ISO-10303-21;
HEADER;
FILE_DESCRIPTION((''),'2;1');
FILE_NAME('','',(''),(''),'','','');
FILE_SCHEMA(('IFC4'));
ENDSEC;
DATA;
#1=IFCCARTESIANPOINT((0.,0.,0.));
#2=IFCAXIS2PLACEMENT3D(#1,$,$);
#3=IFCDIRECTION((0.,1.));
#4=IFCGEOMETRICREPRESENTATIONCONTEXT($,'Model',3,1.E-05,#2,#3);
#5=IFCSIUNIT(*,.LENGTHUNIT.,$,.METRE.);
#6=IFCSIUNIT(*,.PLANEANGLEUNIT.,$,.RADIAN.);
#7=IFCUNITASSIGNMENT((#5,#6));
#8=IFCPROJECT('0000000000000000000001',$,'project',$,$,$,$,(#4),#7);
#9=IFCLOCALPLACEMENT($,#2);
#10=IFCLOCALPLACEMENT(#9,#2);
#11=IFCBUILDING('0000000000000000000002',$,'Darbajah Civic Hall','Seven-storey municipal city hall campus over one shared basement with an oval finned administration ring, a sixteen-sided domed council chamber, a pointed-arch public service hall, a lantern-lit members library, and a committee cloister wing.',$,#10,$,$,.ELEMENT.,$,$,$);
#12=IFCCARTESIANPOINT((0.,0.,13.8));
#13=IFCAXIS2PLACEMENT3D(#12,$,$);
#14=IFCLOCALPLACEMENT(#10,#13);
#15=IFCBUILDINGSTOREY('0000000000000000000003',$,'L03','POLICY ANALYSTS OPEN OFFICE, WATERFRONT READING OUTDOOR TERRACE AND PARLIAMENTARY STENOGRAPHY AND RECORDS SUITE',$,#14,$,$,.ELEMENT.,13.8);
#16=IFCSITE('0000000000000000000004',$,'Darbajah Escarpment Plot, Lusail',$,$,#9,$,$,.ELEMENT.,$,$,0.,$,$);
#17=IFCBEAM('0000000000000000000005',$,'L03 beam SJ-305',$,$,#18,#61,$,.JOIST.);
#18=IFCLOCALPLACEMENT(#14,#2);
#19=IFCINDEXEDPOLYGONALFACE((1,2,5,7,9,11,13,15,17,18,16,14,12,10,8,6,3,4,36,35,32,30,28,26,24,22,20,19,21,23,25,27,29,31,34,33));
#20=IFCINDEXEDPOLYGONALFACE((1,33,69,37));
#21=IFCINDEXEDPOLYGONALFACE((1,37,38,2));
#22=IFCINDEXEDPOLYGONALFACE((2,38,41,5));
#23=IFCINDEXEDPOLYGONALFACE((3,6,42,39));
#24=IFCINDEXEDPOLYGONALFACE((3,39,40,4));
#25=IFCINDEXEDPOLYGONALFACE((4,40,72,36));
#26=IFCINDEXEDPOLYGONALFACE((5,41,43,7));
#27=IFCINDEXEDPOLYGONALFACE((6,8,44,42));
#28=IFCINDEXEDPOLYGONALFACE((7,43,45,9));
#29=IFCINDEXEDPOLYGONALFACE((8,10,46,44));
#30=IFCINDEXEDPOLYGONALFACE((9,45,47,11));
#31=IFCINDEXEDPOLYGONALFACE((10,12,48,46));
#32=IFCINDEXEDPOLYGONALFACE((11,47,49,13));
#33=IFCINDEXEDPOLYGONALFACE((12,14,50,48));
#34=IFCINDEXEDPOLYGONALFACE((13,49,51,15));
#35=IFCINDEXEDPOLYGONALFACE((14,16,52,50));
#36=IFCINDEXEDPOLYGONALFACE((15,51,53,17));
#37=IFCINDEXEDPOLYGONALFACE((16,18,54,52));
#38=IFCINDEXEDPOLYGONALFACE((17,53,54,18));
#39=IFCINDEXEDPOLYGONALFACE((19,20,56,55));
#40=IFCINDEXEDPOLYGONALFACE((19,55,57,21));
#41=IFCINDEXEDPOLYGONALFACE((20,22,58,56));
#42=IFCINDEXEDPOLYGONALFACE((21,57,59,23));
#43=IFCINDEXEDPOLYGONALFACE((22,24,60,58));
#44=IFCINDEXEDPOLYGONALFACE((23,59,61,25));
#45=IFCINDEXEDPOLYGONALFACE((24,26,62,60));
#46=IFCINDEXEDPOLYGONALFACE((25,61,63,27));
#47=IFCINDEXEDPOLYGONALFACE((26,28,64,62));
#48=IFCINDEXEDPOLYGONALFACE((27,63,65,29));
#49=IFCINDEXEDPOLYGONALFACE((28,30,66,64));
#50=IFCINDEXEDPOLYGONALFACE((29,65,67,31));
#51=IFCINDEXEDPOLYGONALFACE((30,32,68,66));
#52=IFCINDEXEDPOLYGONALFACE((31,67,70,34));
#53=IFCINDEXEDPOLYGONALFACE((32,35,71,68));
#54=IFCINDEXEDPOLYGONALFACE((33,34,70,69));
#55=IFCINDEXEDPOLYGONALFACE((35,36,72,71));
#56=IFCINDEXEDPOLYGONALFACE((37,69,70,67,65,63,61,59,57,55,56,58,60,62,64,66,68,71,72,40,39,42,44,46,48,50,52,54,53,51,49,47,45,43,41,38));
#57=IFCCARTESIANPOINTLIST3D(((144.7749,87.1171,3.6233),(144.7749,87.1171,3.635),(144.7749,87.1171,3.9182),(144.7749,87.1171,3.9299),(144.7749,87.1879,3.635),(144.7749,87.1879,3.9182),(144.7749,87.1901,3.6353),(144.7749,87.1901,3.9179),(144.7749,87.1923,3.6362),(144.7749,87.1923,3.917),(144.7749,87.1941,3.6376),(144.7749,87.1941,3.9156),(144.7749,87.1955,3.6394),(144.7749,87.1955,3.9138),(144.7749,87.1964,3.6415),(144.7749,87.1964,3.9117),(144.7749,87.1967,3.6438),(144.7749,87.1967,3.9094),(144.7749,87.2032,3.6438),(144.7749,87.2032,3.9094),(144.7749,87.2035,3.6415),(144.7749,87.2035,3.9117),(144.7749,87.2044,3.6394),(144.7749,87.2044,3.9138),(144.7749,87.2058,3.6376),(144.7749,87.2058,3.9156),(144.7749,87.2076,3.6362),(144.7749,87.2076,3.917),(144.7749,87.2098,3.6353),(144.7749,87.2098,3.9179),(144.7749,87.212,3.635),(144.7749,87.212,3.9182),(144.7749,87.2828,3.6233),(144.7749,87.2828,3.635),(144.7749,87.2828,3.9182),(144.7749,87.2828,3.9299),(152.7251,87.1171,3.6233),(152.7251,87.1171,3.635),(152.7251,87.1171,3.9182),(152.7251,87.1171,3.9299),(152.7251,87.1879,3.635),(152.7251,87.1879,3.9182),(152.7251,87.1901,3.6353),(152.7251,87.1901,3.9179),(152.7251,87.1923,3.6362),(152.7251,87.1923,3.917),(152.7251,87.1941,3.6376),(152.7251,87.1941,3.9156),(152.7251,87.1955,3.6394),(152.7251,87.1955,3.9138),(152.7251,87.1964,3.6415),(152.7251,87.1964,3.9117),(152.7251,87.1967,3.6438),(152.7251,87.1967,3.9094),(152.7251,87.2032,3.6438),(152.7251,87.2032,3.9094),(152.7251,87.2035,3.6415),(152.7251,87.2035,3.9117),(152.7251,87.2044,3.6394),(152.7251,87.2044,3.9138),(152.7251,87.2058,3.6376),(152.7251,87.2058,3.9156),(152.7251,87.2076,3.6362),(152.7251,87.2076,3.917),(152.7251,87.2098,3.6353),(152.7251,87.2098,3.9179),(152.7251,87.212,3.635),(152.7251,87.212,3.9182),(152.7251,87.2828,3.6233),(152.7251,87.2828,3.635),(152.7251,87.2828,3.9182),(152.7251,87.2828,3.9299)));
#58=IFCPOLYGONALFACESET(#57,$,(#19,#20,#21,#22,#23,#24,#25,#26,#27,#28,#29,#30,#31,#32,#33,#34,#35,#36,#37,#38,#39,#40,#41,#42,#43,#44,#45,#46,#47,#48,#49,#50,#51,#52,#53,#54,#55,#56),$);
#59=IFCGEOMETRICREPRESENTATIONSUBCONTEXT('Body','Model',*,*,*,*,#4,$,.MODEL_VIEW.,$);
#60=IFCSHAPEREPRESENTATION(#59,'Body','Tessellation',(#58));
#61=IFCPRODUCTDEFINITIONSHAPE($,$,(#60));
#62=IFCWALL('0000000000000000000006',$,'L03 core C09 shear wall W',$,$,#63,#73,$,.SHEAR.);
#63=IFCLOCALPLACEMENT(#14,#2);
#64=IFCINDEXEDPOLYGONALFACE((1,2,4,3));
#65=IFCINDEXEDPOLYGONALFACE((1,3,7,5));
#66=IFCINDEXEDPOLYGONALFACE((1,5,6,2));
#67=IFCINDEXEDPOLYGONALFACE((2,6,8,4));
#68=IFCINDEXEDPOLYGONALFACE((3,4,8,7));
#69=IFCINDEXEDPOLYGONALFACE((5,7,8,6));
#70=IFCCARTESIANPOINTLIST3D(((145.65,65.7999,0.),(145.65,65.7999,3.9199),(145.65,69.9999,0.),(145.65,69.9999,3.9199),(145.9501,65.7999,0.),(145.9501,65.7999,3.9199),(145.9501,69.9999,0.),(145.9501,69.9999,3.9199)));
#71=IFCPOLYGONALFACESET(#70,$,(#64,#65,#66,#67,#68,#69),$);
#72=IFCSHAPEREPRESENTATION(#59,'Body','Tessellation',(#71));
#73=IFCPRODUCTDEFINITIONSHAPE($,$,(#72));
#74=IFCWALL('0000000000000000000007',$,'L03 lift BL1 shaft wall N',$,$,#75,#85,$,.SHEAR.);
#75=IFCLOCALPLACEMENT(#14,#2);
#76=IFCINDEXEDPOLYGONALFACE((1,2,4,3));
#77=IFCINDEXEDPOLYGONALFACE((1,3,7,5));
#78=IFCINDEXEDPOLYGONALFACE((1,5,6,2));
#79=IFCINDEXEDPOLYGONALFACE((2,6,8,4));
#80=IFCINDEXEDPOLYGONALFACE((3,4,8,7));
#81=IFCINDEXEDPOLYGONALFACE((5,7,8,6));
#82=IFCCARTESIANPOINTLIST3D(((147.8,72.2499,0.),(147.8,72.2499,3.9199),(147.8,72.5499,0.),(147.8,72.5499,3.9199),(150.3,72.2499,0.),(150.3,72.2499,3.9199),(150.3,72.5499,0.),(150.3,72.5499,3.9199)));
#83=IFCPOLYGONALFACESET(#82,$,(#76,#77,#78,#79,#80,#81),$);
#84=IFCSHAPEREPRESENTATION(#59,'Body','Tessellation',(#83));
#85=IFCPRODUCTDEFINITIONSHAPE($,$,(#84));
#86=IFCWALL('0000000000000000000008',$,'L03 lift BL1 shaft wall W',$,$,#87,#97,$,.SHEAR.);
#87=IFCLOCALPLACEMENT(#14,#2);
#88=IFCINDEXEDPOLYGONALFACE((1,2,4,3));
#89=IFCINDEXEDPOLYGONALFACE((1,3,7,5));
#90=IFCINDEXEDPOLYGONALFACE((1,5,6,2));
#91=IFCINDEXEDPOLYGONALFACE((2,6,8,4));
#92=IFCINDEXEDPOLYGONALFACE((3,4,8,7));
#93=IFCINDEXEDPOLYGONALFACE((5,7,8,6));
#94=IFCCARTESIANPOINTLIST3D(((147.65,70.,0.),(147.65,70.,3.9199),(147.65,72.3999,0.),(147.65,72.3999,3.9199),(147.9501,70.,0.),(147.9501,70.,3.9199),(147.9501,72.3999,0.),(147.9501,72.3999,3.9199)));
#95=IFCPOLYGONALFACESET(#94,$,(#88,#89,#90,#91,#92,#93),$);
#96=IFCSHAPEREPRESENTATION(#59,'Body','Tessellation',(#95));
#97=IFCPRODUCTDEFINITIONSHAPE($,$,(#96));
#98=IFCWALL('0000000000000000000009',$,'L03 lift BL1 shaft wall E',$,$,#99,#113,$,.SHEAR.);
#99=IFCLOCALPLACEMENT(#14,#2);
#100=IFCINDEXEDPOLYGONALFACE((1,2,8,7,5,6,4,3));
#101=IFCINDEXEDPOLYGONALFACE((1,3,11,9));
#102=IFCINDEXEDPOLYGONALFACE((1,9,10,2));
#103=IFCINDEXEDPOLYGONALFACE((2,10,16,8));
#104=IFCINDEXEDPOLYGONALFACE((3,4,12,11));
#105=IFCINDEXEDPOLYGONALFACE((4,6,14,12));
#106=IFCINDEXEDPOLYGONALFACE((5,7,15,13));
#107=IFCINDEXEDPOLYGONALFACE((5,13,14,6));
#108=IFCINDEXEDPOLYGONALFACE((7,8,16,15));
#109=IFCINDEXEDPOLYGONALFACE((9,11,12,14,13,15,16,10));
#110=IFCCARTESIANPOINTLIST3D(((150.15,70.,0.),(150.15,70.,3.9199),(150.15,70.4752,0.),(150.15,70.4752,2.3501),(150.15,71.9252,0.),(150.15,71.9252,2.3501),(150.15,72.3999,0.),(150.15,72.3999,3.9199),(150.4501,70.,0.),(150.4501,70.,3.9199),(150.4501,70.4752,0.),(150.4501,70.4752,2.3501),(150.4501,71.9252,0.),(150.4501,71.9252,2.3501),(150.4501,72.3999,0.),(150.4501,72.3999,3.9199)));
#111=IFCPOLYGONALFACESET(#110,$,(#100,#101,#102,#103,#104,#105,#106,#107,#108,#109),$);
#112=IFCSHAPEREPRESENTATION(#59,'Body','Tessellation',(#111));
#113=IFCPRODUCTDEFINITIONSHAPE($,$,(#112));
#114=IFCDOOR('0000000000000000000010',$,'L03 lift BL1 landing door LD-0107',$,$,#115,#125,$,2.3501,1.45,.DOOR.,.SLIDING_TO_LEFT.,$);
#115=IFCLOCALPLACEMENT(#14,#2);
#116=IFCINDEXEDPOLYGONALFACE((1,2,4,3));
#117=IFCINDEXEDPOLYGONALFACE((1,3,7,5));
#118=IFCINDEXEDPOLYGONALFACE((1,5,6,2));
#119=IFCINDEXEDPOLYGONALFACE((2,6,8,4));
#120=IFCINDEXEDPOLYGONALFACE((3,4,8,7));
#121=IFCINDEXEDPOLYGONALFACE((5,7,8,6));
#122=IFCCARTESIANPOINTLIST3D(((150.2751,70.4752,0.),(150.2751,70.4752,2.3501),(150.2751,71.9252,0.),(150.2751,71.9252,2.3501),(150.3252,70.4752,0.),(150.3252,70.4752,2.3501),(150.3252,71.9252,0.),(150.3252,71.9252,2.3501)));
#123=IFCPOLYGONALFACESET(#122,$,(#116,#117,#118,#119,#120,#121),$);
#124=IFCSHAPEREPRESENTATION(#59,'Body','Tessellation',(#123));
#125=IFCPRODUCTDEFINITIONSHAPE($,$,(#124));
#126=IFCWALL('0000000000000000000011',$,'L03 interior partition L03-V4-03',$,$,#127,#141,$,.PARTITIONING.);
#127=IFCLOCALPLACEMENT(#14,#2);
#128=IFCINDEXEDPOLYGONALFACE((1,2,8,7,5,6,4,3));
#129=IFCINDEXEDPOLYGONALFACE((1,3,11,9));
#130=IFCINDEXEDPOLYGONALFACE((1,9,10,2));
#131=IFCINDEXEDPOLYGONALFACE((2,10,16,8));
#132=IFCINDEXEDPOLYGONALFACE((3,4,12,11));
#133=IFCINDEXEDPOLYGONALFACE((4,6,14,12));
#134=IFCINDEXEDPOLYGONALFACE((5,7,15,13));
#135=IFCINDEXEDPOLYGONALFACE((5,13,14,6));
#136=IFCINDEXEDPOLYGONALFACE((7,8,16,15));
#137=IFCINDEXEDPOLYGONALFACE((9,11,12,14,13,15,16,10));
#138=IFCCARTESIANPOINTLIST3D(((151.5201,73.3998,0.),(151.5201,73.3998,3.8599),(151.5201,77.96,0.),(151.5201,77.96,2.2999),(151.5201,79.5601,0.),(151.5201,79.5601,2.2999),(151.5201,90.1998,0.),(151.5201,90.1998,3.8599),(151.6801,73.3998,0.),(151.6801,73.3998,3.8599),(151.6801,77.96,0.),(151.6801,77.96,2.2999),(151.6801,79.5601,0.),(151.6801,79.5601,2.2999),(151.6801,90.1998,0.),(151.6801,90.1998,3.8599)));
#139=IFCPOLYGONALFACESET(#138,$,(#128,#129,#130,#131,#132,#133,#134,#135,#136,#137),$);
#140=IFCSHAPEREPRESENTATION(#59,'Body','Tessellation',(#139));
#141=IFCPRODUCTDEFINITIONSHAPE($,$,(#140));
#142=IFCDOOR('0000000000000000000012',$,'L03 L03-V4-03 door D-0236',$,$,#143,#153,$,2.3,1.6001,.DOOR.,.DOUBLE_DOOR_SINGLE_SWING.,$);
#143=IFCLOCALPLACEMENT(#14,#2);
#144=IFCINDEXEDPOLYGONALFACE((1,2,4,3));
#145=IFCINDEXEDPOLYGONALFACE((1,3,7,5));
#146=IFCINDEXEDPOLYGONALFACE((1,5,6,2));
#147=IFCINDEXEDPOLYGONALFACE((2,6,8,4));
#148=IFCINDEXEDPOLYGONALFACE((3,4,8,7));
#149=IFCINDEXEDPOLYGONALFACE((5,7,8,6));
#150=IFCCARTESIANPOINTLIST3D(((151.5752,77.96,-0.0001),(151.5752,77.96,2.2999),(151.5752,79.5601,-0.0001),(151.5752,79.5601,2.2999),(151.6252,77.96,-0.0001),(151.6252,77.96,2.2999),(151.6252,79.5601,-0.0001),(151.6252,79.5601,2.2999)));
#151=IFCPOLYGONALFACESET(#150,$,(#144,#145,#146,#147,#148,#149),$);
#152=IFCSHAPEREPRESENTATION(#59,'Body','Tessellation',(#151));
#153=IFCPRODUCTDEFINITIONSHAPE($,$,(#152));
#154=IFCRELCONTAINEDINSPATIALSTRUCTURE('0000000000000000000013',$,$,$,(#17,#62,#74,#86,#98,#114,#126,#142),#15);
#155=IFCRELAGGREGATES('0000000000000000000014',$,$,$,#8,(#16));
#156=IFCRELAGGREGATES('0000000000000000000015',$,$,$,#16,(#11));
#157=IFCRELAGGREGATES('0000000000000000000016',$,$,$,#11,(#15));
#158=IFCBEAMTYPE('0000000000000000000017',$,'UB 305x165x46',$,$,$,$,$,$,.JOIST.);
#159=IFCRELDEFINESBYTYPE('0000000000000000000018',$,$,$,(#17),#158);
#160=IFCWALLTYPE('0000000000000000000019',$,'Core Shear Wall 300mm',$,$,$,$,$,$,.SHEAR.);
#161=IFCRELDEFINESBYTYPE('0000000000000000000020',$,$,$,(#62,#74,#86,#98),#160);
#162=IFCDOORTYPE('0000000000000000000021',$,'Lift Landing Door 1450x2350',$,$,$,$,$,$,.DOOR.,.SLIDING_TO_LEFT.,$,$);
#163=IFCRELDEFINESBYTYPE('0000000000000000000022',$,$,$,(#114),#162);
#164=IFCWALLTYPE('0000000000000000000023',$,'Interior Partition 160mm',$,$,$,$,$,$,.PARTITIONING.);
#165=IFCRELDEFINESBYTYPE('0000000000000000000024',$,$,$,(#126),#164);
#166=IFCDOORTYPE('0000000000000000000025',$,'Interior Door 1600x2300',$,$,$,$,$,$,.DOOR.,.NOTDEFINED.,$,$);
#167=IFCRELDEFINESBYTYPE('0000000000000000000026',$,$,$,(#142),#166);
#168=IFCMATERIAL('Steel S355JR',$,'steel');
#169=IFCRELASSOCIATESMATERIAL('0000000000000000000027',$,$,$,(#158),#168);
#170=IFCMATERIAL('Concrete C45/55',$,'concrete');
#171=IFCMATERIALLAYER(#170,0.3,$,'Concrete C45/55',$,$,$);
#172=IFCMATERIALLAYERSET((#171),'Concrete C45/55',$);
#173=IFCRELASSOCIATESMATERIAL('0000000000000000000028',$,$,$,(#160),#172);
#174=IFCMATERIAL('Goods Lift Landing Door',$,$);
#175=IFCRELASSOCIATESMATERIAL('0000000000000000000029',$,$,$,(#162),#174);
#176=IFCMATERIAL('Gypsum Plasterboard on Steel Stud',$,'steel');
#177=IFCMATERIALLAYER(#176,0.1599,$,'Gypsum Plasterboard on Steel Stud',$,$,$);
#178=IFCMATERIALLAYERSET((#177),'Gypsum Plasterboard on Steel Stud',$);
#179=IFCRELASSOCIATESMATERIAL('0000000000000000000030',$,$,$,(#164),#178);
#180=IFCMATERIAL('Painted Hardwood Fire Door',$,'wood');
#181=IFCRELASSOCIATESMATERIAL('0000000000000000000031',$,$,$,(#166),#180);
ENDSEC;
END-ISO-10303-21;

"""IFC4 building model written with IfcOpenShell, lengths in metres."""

from ifc_helpers import new_model, si_unit, direction, frame, frame_2d, origin, origin_2d, place, context, subcontext, project, spatial, rectangle, i_section, extrude, material, layer, layer_set, material_profile, profile_set, type_object, element, fill, save


model = new_model("IFC4")

# Units and contexts
model_context = context("Model", 3, precision=1e-05, world=origin(), true_north=direction((0.0, 1.0)))
body_context = subcontext(model_context, "Body", "Model", "MODEL_VIEW")
ifc_project = project(units=[si_unit("LENGTHUNIT", "METRE"), si_unit("PLANEANGLEUNIT", "RADIAN")], contexts=[model_context])

# Site, building, storey
site_placement = place(None, origin())
site = spatial("IfcSite", under=ifc_project, at=site_placement, Name="Darbajah Escarpment Plot, Lusail", CompositionType="ELEMENT", RefElevation=0.0)
building_placement = place(site_placement, origin())
building = spatial("IfcBuilding", under=site, at=building_placement, Name="Darbajah Civic Hall", Description="Seven-storey municipal city hall campus over one shared basement with an oval finned administration ring, a sixteen-sided domed council chamber, a pointed-arch public service hall, a lantern-lit members library, and a committee cloister wing.", CompositionType="ELEMENT")
storey_placement = place(building_placement, frame((0.0, 0.0, 13.8)))
storey = spatial("IfcBuildingStorey", under=building, at=storey_placement, Name="L03", Description="POLICY ANALYSTS OPEN OFFICE, WATERFRONT READING OUTDOOR TERRACE AND PARLIAMENTARY STENOGRAPHY AND RECORDS SUITE", CompositionType="ELEMENT", Elevation=13.8)

# Shared definitions
ifc_material_1 = material(Name="Steel S355JR", Category="steel")

# Beam
ifc_material_2 = material(Name="Concrete C45/55", Category="concrete")
ifc_material_profile_1 = material_profile(ifc_material_1, i_section(OverallWidth=0.1658, OverallDepth=0.3066, WebThickness=0.0066, FlangeThickness=0.0117, FilletRadius=0.0088, at=origin_2d()), Name="UB 305x165x46")
ifc_profile_set_1 = profile_set([ifc_material_profile_1], Name="Steel S355JR")
beam_type_1 = type_object("IfcBeamType", Name="UB 305x165x46", PredefinedType="JOIST", material=ifc_profile_set_1)
beam_1_placement = place(storey_placement, frame((144.7749, 87.2, 3.7766), z_axis=(1.0, 0.0, 0.0), x_axis=(0.0, 1.0, 0.0)))
element("IfcBeam", 1, at=beam_1_placement, inside=storey, type_object=beam_type_1, Name="L03 beam SJ-305", PredefinedType="JOIST", context=body_context, shape_type="SweptSolid", body=[
    extrude(i_section(OverallWidth=0.1658, OverallDepth=0.3066, WebThickness=0.0066, FlangeThickness=0.0117, FilletRadius=0.0088, at=origin_2d()), origin(), (0.0, 0.0, 1.0), 7.9502),
])

# Walls
ifc_layer_1 = layer(ifc_material_2, 0.3, Name="Concrete C45/55")
ifc_layer_set_1 = layer_set([ifc_layer_1], Name="Concrete C45/55")
wall_type_1 = type_object("IfcWallType", Name="Core Shear Wall 300mm", PredefinedType="SHEAR", material=ifc_layer_set_1)
wall_1_placement = place(storey_placement, frame((145.8, 70.0, 0.0), z_axis=(0.0, 0.0, 1.0), x_axis=(0.0, -1.0, 0.0)))
element("IfcWall", 2, at=wall_1_placement, inside=storey, type_object=wall_type_1, Name="L03 core C09 shear wall W", PredefinedType="SHEAR", context=body_context, shape_type="SweptSolid", body=[
    extrude(rectangle(XDim=4.2, YDim=0.3, at=frame_2d((2.1001, 0.0))), origin(), (0.0, 0.0, 1.0), 3.9199),
])
wall_2_placement = place(storey_placement, frame((150.3, 72.3999, 0.0), z_axis=(0.0, 0.0, 1.0), x_axis=(-1.0, 0.0, 0.0)))
element("IfcWall", 3, at=wall_2_placement, inside=storey, type_object=wall_type_1, Name="L03 lift BL1 shaft wall N", PredefinedType="SHEAR", context=body_context, shape_type="SweptSolid", body=[
    extrude(rectangle(XDim=2.5, YDim=0.3, at=frame_2d((1.25, 0.0))), origin(), (0.0, 0.0, 1.0), 3.9199),
])
wall_3_placement = place(storey_placement, frame((147.8, 72.3999, 0.0), z_axis=(0.0, 0.0, 1.0), x_axis=(0.0, -1.0, 0.0)))
element("IfcWall", 4, at=wall_3_placement, inside=storey, type_object=wall_type_1, Name="L03 lift BL1 shaft wall W", PredefinedType="SHEAR", context=body_context, shape_type="SweptSolid", body=[
    extrude(rectangle(XDim=2.3999, YDim=0.3, at=frame_2d((1.2, 0.0))), origin(), (0.0, 0.0, 1.0), 3.9199),
])

# Walls, openings, doors
wall_4_placement = place(storey_placement, frame((150.3, 70.0, 0.0), z_axis=(0.0, 0.0, 1.0), x_axis=(0.0, 1.0, 0.0)))
wall_4 = element("IfcWall", 5, at=wall_4_placement, inside=storey, type_object=wall_type_1, Name="L03 lift BL1 shaft wall E", PredefinedType="SHEAR", context=body_context, shape_type="SweptSolid", body=[
    extrude(rectangle(XDim=2.3999, YDim=0.3, at=frame_2d((1.2, 0.0))), origin(), (0.0, 0.0, 1.0), 3.9199),
])
opening_1_placement = place(wall_4_placement, frame((0.4751, 0.0, 0.0)))
opening_1 = element("IfcOpeningElement", 6, at=opening_1_placement, cuts=wall_4, PredefinedType="OPENING", context=body_context, shape_type="SweptSolid", body=[
    extrude(rectangle(XDim=1.45, YDim=2.3501, at=frame_2d((0.7251, 1.175))), frame((0.0, 0.1599, 0.0), z_axis=(0.0, -1.0, 0.0), x_axis=(1.0, 0.0, 0.0)), (0.0, 0.0, 1.0), 0.3201),
])
ifc_material_3 = material(Name="Goods Lift Landing Door")
door_type_1 = type_object("IfcDoorType", Name="Lift Landing Door 1450x2350", OperationType="SLIDING_TO_LEFT", PredefinedType="DOOR", material=ifc_material_3)
door_1_placement = place(opening_1_placement, origin())
door_1 = element("IfcDoor", 7, at=door_1_placement, inside=storey, type_object=door_type_1, Name="L03 lift BL1 landing door LD-0107", OperationType="SLIDING_TO_LEFT", OverallHeight=2.3501, OverallWidth=1.45, PredefinedType="DOOR", context=body_context, shape_type="SweptSolid", body=[
    extrude(rectangle(XDim=1.45, YDim=2.3501, at=frame_2d((0.7251, 1.175))), frame((0.0, 0.0249, 0.0), z_axis=(0.0, -1.0, 0.0), x_axis=(1.0, 0.0, 0.0)), (0.0, 0.0, 1.0), 0.05),
])
fill(opening_1, door_1)
ifc_material_4 = material(Name="Gypsum Plasterboard on Steel Stud", Category="steel")
ifc_layer_2 = layer(ifc_material_4, 0.1599, Name="Gypsum Plasterboard on Steel Stud")
ifc_layer_set_2 = layer_set([ifc_layer_2], Name="Gypsum Plasterboard on Steel Stud")
wall_type_2 = type_object("IfcWallType", Name="Interior Partition 160mm", PredefinedType="PARTITIONING", material=ifc_layer_set_2)
wall_5_placement = place(storey_placement, frame((151.6001, 73.3999, 0.0), z_axis=(0.0, 0.0, 1.0), x_axis=(0.0, 1.0, 0.0)))
wall_5 = element("IfcWall", 8, at=wall_5_placement, inside=storey, type_object=wall_type_2, Name="L03 interior partition L03-V4-03", PredefinedType="PARTITIONING", context=body_context, shape_type="SweptSolid", body=[
    extrude(rectangle(XDim=16.8, YDim=0.1599, at=frame_2d((8.3999, 0.0))), origin(), (0.0, 0.0, 1.0), 3.8599),
])
opening_2_placement = place(wall_5_placement, frame((4.5601, 0.0, 0.0)))
opening_2 = element("IfcOpeningElement", 9, at=opening_2_placement, cuts=wall_5, PredefinedType="OPENING", context=body_context, shape_type="SweptSolid", body=[
    extrude(rectangle(XDim=1.6001, YDim=2.3, at=frame_2d((0.8, 1.1499))), frame((0.0, 0.0898, 0.0), z_axis=(0.0, -1.0, 0.0), x_axis=(1.0, 0.0, 0.0)), (0.0, 0.0, 1.0), 0.1799),
])
ifc_material_5 = material(Name="Painted Hardwood Fire Door", Category="wood")
door_type_2 = type_object("IfcDoorType", Name="Interior Door 1600x2300", OperationType="NOTDEFINED", PredefinedType="DOOR", material=ifc_material_5)
door_2_placement = place(opening_2_placement, origin())
door_2 = element("IfcDoor", 10, at=door_2_placement, inside=storey, type_object=door_type_2, Name="L03 L03-V4-03 door D-0236", OperationType="DOUBLE_DOOR_SINGLE_SWING", OverallHeight=2.3, OverallWidth=1.6001, PredefinedType="DOOR", context=body_context, shape_type="SweptSolid", body=[
    extrude(rectangle(XDim=1.6001, YDim=2.3, at=frame_2d((0.8, 1.1499))), frame((0.0, 0.0249, 0.0), z_axis=(0.0, -1.0, 0.0), x_axis=(1.0, 0.0, 0.0)), (0.0, 0.0, 1.0), 0.05),
])
fill(opening_2, door_2)

save(model, "model.ifc")
